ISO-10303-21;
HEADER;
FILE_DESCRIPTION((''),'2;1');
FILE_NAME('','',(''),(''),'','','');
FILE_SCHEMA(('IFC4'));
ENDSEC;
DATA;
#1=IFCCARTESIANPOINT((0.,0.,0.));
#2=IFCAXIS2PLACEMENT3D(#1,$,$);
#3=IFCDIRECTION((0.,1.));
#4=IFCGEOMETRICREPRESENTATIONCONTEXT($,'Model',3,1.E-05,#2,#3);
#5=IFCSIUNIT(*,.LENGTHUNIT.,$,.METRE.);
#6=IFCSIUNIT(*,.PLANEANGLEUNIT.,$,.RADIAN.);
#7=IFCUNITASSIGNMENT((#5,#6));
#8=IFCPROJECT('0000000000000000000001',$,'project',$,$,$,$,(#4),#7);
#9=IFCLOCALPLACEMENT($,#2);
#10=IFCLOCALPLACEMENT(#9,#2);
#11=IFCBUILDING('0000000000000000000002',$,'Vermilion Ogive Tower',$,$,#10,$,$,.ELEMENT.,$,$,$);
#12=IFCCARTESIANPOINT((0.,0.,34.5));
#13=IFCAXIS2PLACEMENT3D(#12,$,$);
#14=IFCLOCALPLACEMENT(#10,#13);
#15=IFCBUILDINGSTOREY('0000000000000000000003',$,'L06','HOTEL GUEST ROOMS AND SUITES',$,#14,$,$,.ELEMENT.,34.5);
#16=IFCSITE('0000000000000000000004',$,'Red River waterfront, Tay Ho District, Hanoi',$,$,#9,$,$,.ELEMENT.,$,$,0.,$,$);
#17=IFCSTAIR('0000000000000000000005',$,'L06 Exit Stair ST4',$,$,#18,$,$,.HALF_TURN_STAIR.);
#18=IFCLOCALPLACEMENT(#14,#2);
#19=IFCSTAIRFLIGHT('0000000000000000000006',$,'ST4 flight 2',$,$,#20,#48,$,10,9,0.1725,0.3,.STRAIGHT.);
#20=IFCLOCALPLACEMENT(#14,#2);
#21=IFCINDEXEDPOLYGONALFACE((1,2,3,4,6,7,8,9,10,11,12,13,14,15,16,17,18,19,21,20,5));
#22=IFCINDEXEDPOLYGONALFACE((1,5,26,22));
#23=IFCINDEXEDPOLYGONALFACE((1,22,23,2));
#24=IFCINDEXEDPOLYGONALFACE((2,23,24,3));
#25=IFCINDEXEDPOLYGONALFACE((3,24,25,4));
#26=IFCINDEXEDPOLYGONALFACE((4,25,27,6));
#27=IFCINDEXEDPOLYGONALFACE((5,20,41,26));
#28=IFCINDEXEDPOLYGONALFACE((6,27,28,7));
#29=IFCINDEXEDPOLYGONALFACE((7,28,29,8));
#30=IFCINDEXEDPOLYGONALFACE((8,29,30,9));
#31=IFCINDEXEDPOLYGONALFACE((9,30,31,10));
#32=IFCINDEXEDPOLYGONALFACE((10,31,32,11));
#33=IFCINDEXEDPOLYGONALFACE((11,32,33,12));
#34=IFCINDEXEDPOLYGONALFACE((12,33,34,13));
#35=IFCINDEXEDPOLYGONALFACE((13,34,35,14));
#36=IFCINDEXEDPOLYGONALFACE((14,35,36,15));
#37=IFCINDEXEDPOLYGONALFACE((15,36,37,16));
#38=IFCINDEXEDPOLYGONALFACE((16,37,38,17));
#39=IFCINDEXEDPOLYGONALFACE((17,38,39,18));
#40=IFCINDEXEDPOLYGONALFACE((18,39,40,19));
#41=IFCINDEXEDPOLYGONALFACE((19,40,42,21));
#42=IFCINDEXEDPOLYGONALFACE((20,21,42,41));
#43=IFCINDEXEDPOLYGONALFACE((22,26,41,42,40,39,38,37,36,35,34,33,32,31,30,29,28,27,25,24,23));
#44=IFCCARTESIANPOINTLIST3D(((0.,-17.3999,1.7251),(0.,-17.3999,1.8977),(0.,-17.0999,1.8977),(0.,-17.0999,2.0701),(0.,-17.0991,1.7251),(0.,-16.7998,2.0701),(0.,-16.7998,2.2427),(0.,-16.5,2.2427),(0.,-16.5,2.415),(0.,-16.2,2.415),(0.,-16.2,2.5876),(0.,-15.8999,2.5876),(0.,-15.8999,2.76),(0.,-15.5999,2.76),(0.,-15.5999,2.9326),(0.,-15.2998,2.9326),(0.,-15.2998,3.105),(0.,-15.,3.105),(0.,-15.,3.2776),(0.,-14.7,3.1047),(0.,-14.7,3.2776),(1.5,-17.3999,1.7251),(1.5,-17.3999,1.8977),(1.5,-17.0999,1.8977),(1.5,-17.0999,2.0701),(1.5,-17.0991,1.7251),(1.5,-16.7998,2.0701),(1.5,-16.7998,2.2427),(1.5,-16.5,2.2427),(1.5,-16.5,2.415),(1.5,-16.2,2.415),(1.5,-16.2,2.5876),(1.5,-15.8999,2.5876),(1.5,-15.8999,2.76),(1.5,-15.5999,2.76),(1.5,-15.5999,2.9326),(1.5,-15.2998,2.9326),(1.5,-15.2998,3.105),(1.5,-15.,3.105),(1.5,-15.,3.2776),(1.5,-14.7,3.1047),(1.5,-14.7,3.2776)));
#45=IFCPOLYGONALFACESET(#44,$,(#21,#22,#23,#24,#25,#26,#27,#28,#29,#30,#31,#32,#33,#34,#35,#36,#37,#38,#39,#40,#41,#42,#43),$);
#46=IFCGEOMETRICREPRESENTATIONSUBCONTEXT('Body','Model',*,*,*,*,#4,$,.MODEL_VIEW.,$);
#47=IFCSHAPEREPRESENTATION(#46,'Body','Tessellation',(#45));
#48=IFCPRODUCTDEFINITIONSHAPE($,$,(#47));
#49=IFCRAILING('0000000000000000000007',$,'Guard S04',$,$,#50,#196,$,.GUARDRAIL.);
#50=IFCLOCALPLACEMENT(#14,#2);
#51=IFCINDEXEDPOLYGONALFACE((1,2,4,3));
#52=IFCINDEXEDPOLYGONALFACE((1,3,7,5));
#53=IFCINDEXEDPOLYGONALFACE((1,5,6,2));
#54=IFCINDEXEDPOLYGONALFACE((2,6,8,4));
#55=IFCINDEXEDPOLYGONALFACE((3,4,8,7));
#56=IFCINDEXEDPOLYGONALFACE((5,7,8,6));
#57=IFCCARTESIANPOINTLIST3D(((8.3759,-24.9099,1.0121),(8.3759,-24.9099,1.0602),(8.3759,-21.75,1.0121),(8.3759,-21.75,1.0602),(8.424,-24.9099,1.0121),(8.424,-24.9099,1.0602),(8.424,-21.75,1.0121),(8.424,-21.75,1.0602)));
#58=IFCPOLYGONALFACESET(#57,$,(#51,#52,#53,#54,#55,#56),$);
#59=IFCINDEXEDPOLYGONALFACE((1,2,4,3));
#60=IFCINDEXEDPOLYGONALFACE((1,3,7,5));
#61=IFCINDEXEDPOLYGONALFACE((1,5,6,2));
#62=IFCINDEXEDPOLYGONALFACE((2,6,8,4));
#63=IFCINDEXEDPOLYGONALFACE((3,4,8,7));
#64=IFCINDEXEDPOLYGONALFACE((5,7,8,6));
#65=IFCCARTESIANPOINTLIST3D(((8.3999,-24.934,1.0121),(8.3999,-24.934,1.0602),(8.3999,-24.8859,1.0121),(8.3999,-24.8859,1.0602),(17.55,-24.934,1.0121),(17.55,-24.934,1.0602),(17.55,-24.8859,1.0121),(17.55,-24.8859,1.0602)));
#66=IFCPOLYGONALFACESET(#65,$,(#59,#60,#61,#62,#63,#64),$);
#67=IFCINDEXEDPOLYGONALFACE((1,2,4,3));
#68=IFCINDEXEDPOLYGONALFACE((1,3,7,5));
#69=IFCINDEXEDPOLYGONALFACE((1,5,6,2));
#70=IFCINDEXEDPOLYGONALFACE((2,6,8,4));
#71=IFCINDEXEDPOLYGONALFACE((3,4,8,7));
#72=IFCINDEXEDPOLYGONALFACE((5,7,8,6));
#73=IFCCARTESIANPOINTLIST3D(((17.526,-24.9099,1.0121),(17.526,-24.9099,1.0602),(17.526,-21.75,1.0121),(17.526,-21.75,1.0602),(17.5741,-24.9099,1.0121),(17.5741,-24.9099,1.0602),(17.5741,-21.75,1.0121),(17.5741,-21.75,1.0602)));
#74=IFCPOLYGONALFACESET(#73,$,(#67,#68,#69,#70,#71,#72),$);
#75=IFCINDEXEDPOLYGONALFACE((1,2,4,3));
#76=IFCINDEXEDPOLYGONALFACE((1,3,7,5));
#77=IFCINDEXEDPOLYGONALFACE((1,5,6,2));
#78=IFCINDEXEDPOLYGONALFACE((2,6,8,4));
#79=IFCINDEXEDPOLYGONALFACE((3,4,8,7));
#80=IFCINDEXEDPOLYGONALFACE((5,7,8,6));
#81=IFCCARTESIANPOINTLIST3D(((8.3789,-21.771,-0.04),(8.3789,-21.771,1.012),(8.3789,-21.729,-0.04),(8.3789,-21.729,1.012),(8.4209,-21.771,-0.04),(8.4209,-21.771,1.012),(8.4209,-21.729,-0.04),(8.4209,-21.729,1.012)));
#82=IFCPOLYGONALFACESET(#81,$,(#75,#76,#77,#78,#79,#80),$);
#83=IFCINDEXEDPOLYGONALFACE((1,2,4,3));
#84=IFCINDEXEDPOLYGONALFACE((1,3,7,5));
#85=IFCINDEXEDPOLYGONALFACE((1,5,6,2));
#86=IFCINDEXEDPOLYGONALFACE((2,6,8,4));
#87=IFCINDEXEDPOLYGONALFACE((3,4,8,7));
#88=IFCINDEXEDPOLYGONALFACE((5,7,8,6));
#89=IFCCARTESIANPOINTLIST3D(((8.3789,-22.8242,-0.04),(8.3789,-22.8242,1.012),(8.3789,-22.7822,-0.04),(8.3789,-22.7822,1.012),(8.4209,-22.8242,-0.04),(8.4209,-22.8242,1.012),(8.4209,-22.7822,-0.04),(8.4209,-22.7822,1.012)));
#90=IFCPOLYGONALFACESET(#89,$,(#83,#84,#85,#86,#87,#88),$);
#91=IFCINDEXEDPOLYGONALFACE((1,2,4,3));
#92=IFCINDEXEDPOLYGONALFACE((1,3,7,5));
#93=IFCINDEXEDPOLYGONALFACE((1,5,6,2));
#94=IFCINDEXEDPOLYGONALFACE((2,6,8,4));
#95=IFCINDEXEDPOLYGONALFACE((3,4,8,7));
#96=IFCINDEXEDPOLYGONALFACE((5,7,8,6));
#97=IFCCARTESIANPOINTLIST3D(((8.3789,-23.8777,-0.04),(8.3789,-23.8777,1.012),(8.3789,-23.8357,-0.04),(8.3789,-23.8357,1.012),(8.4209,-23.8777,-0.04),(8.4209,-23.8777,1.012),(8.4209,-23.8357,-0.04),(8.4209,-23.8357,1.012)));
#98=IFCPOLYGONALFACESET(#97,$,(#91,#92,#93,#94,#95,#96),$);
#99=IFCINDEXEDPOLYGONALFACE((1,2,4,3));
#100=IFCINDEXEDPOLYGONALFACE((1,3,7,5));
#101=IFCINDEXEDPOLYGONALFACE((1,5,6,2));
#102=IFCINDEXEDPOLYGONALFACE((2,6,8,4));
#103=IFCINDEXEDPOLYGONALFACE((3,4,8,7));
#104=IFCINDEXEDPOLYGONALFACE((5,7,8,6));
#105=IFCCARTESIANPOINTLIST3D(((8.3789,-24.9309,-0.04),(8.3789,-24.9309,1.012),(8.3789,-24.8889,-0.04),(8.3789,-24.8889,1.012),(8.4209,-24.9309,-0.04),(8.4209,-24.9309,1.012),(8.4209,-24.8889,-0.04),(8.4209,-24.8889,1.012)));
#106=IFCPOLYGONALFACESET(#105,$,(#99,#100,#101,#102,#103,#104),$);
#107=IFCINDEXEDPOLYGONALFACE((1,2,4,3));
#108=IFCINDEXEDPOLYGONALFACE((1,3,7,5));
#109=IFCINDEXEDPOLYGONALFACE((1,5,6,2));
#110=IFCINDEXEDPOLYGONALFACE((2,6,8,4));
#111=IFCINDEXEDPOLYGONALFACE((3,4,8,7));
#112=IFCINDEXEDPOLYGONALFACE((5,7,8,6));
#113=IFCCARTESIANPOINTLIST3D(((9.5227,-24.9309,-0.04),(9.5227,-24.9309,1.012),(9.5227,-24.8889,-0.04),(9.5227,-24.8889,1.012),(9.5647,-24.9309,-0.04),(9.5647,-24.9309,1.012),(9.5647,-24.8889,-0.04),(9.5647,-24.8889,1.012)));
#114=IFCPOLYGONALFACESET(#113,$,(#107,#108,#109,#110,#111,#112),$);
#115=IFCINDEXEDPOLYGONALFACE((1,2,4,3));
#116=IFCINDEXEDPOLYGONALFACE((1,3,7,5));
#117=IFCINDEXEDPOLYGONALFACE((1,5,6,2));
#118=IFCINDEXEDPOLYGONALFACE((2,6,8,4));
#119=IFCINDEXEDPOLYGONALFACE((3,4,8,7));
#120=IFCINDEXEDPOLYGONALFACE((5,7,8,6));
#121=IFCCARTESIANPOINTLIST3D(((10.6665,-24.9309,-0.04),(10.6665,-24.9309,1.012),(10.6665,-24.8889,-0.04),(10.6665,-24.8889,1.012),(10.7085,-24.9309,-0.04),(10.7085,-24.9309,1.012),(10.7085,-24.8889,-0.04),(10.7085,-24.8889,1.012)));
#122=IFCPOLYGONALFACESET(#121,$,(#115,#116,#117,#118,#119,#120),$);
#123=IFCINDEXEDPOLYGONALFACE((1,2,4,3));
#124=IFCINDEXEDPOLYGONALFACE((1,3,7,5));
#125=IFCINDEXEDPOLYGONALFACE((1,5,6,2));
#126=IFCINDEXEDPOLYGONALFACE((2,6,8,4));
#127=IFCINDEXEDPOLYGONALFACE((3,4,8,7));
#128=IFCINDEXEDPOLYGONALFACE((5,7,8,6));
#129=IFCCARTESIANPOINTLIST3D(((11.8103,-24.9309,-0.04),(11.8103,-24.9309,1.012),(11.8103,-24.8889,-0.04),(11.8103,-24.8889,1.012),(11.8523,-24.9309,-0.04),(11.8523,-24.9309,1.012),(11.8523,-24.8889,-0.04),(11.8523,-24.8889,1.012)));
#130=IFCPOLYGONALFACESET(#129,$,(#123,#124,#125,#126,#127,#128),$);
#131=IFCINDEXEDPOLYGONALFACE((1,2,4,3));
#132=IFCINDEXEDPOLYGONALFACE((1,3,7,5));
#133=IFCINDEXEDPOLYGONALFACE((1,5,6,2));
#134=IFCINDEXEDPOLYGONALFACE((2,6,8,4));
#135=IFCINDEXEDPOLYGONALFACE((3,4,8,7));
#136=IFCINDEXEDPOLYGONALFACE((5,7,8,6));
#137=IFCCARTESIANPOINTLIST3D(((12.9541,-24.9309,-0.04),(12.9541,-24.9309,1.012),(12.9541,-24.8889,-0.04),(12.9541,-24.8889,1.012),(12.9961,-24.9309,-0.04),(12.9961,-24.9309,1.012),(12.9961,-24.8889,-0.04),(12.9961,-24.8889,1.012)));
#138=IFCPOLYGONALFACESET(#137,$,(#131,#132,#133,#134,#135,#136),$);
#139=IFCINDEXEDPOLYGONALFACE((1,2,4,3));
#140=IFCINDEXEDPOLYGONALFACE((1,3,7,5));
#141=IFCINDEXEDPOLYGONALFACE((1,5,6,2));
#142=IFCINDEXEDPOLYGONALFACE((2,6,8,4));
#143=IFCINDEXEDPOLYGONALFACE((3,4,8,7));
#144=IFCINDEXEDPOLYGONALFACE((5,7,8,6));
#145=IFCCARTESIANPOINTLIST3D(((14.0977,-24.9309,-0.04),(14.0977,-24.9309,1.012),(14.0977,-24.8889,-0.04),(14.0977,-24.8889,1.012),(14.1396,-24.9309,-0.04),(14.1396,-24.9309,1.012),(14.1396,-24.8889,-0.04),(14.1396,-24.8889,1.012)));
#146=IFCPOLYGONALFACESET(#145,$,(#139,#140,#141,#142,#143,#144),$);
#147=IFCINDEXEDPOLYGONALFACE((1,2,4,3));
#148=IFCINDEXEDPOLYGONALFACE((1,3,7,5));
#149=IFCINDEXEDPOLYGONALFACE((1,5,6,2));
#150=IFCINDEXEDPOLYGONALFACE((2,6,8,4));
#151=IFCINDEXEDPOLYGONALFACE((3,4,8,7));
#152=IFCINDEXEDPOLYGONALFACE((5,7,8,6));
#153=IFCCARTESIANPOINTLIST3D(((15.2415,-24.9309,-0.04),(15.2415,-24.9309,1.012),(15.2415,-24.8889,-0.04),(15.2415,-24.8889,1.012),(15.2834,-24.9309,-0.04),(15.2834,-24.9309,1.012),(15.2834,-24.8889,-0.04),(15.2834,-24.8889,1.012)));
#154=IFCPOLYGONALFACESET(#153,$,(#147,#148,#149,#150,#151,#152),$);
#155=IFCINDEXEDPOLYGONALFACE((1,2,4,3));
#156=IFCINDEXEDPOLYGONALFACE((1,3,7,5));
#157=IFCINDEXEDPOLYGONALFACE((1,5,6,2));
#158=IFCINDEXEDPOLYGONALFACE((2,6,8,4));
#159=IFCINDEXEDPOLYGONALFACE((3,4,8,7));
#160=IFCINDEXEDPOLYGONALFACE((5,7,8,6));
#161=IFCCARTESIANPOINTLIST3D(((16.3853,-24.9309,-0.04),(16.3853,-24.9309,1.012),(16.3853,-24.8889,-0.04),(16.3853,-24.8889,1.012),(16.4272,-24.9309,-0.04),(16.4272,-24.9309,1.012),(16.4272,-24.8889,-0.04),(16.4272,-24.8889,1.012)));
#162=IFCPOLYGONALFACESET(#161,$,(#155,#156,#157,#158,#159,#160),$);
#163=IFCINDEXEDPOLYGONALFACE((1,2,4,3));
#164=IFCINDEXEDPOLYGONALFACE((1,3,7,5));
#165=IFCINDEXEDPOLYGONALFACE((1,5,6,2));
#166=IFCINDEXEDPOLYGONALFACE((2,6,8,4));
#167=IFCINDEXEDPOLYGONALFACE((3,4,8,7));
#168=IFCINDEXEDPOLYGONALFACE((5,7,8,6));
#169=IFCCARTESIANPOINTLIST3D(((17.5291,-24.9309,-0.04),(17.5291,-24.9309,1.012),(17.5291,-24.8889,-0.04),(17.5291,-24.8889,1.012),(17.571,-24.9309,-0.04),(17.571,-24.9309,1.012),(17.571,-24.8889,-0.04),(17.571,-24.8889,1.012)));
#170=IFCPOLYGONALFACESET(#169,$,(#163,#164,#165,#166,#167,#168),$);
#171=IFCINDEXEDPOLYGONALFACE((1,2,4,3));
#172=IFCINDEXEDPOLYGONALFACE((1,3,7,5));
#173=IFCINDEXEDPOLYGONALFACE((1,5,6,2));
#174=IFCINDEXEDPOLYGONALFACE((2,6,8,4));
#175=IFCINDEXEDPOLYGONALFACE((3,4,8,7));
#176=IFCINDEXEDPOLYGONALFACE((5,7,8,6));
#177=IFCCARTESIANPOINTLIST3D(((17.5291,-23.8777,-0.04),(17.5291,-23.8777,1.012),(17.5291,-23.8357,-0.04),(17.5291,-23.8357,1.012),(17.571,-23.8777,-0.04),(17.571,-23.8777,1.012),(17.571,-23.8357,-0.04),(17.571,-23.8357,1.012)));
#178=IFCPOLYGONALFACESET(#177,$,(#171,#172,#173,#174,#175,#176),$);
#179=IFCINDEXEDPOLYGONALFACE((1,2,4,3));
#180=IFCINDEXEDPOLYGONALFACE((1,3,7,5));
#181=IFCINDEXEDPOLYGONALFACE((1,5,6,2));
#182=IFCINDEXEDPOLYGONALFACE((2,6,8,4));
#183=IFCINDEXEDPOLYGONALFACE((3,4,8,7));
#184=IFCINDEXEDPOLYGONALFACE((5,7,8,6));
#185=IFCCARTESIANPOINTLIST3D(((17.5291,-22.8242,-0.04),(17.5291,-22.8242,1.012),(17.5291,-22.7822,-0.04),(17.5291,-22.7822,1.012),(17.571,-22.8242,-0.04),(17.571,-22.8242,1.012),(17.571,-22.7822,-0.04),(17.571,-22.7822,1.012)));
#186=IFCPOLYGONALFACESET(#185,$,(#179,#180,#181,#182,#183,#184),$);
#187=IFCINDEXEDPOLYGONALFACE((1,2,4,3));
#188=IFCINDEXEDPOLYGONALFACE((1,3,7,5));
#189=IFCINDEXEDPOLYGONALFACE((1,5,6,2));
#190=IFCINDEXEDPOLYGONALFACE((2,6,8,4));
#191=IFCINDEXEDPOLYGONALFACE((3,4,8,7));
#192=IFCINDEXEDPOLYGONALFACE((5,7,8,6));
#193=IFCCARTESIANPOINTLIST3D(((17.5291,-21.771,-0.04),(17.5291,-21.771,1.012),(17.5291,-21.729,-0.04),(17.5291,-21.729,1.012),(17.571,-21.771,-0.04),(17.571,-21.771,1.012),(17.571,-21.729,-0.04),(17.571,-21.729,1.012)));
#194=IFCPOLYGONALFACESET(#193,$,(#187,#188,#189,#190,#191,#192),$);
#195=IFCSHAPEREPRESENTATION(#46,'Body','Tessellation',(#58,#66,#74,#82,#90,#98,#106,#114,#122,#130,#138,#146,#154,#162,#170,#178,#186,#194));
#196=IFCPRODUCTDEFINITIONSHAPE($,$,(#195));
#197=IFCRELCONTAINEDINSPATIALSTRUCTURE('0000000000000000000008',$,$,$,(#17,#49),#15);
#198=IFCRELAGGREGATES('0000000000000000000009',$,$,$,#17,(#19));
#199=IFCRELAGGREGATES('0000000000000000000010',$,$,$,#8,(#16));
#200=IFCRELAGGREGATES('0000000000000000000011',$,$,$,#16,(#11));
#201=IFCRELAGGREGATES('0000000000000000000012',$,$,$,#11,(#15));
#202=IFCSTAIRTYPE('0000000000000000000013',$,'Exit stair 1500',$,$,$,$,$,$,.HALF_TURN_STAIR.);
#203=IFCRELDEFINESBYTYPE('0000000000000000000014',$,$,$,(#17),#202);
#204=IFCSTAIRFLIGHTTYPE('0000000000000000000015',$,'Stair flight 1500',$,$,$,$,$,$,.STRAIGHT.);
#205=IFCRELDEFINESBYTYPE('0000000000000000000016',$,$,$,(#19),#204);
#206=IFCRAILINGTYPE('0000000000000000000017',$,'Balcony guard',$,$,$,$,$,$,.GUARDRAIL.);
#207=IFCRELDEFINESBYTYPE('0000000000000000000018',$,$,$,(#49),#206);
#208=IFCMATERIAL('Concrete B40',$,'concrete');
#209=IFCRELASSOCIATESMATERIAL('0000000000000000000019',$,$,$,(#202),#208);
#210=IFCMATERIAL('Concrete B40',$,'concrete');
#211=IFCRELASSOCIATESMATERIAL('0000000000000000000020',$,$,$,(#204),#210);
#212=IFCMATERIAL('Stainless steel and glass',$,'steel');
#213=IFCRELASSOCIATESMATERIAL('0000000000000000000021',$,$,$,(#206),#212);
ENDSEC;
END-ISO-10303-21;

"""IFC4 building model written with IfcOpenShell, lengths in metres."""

from ifc_helpers import new_model, si_unit, direction, frame, origin, origin_2d, place, context, subcontext, project, spatial, polyline, rectangle, outline, extrude, material, type_object, element, aggregate, save


model = new_model("IFC4")

# Units and contexts
model_context = context("Model", 3, precision=1e-05, world=origin(), true_north=direction((0.0, 1.0)))
body_context = subcontext(model_context, "Body", "Model", "MODEL_VIEW")
ifc_project = project(units=[si_unit("LENGTHUNIT", "METRE"), si_unit("PLANEANGLEUNIT", "RADIAN")], contexts=[model_context])

# Site, building, storey
site_placement = place(None, origin())
site = spatial("IfcSite", under=ifc_project, at=site_placement, Name="Red River waterfront, Tay Ho District, Hanoi", CompositionType="ELEMENT", RefElevation=0.0)
building_placement = place(site_placement, origin())
building = spatial("IfcBuilding", under=site, at=building_placement, Name="Vermilion Ogive Tower", CompositionType="ELEMENT")
storey_placement = place(building_placement, frame((0.0, 0.0, 34.5)))
storey = spatial("IfcBuildingStorey", under=building, at=storey_placement, Name="L06", Description="HOTEL GUEST ROOMS AND SUITES", CompositionType="ELEMENT", Elevation=34.5)

# Stair, stair flight
ifc_material_1 = material(Name="Concrete B40", Category="concrete")
stair_type = type_object("IfcStairType", Name="Exit stair 1500", PredefinedType="HALF_TURN_STAIR", material=ifc_material_1)
stair_placement = place(storey_placement, origin())
stair = element("IfcStair", 1, at=stair_placement, inside=storey, type_object=stair_type, Name="L06 Exit Stair ST4", PredefinedType="HALF_TURN_STAIR")
ifc_material_2 = material(Name="Concrete B40", Category="concrete")
stair_flight_type = type_object("IfcStairFlightType", Name="Stair flight 1500", PredefinedType="STRAIGHT", material=ifc_material_2)
stair_flight_placement = place(storey_placement, frame((0.75, -17.3999, 1.7251), z_axis=(0.0, 0.0, 1.0), x_axis=(0.0, 1.0, 0.0)))
stair_flight = element("IfcStairFlight", 2, at=stair_flight_placement, type_object=stair_flight_type, Name="ST4 flight 2", NumberOfRisers=10, NumberOfTreads=9, PredefinedType="STRAIGHT", RiserHeight=0.1725, TreadLength=0.3, context=body_context, shape_type="SweptSolid", body=[
    extrude(outline(polyline([(0.0, 0.0), (0.0, 0.1726), (0.3, 0.1726), (0.3, 0.345), (0.6001, 0.345), (0.6001, 0.5176), (0.8999, 0.5176), (0.8999, 0.6899), (1.2, 0.6899), (1.2, 0.8625), (1.5, 0.8625), (1.5, 1.0349), (1.8, 1.0349), (1.8, 1.2075), (2.1001, 1.2075), (2.1001, 1.3799), (2.3999, 1.3799), (2.3999, 1.5525), (2.7, 1.5525), (2.7, 1.7251), (2.7, 1.3796), (0.3008, 0.0), (0.0, 0.0)])), frame((0.0, 0.75, 0.0), z_axis=(0.0, -1.0, 0.0), x_axis=(1.0, 0.0, 0.0)), (0.0, 0.0, 1.0), 1.5),
])
aggregate(stair, [stair_flight])

# Railing
ifc_material_3 = material(Name="Stainless steel and glass", Category="steel")
railing_type_1 = type_object("IfcRailingType", Name="Balcony guard", PredefinedType="GUARDRAIL", material=ifc_material_3)
railing_1_placement = place(storey_placement, frame((8.3999, -21.75, -0.04)))
element("IfcRailing", 3, at=railing_1_placement, inside=storey, type_object=railing_type_1, Name="Guard S04", PredefinedType="GUARDRAIL", context=body_context, shape_type="SweptSolid", body=[
    extrude(rectangle(XDim=0.0481, YDim=0.0481, at=origin_2d()), frame((0.0, 0.0, 1.0762), z_axis=(0.0, -1.0, 0.0), x_axis=(1.0, 0.0, 0.0)), (0.0, 0.0, 1.0), 3.1599),
    extrude(rectangle(XDim=0.0481, YDim=0.0481, at=origin_2d()), frame((0.0, -3.1599, 1.0762), z_axis=(1.0, 0.0, 0.0), x_axis=(0.0, 1.0, 0.0)), (0.0, 0.0, 1.0), 9.1501),
    extrude(rectangle(XDim=0.0481, YDim=0.0481, at=origin_2d()), frame((9.1501, -3.1599, 1.0762), z_axis=(0.0, 1.0, 0.0), x_axis=(-1.0, 0.0, 0.0)), (0.0, 0.0, 1.0), 3.1599),
    extrude(rectangle(XDim=0.042, YDim=0.042, at=origin_2d()), origin(), (0.0, 0.0, 1.0), 1.052),
    extrude(rectangle(XDim=0.042, YDim=0.042, at=origin_2d()), frame((0.0, -1.0532, 0.0)), (0.0, 0.0, 1.0), 1.052),
    extrude(rectangle(XDim=0.042, YDim=0.042, at=origin_2d()), frame((0.0, -2.1067, 0.0)), (0.0, 0.0, 1.0), 1.052),
    extrude(rectangle(XDim=0.042, YDim=0.042, at=origin_2d()), frame((0.0, -3.1599, 0.0)), (0.0, 0.0, 1.0), 1.052),
    extrude(rectangle(XDim=0.042, YDim=0.042, at=origin_2d()), frame((1.1438, -3.1599, 0.0)), (0.0, 0.0, 1.0), 1.052),
    extrude(rectangle(XDim=0.042, YDim=0.042, at=origin_2d()), frame((2.2876, -3.1599, 0.0)), (0.0, 0.0, 1.0), 1.052),
    extrude(rectangle(XDim=0.042, YDim=0.042, at=origin_2d()), frame((3.4314, -3.1599, 0.0)), (0.0, 0.0, 1.0), 1.052),
    extrude(rectangle(XDim=0.042, YDim=0.042, at=origin_2d()), frame((4.5752, -3.1599, 0.0)), (0.0, 0.0, 1.0), 1.052),
    extrude(rectangle(XDim=0.042, YDim=0.042, at=origin_2d()), frame((5.7188, -3.1599, 0.0)), (0.0, 0.0, 1.0), 1.052),
    extrude(rectangle(XDim=0.042, YDim=0.042, at=origin_2d()), frame((6.8625, -3.1599, 0.0)), (0.0, 0.0, 1.0), 1.052),
    extrude(rectangle(XDim=0.042, YDim=0.042, at=origin_2d()), frame((8.0063, -3.1599, 0.0)), (0.0, 0.0, 1.0), 1.052),
    extrude(rectangle(XDim=0.042, YDim=0.042, at=origin_2d()), frame((9.1501, -3.1599, 0.0)), (0.0, 0.0, 1.0), 1.052),
    extrude(rectangle(XDim=0.042, YDim=0.042, at=origin_2d()), frame((9.1501, -2.1067, 0.0)), (0.0, 0.0, 1.0), 1.052),
    extrude(rectangle(XDim=0.042, YDim=0.042, at=origin_2d()), frame((9.1501, -1.0532, 0.0)), (0.0, 0.0, 1.0), 1.052),
    extrude(rectangle(XDim=0.042, YDim=0.042, at=origin_2d()), frame((9.1501, 0.0, 0.0)), (0.0, 0.0, 1.0), 1.052),
])

save(model, "model.ifc")
